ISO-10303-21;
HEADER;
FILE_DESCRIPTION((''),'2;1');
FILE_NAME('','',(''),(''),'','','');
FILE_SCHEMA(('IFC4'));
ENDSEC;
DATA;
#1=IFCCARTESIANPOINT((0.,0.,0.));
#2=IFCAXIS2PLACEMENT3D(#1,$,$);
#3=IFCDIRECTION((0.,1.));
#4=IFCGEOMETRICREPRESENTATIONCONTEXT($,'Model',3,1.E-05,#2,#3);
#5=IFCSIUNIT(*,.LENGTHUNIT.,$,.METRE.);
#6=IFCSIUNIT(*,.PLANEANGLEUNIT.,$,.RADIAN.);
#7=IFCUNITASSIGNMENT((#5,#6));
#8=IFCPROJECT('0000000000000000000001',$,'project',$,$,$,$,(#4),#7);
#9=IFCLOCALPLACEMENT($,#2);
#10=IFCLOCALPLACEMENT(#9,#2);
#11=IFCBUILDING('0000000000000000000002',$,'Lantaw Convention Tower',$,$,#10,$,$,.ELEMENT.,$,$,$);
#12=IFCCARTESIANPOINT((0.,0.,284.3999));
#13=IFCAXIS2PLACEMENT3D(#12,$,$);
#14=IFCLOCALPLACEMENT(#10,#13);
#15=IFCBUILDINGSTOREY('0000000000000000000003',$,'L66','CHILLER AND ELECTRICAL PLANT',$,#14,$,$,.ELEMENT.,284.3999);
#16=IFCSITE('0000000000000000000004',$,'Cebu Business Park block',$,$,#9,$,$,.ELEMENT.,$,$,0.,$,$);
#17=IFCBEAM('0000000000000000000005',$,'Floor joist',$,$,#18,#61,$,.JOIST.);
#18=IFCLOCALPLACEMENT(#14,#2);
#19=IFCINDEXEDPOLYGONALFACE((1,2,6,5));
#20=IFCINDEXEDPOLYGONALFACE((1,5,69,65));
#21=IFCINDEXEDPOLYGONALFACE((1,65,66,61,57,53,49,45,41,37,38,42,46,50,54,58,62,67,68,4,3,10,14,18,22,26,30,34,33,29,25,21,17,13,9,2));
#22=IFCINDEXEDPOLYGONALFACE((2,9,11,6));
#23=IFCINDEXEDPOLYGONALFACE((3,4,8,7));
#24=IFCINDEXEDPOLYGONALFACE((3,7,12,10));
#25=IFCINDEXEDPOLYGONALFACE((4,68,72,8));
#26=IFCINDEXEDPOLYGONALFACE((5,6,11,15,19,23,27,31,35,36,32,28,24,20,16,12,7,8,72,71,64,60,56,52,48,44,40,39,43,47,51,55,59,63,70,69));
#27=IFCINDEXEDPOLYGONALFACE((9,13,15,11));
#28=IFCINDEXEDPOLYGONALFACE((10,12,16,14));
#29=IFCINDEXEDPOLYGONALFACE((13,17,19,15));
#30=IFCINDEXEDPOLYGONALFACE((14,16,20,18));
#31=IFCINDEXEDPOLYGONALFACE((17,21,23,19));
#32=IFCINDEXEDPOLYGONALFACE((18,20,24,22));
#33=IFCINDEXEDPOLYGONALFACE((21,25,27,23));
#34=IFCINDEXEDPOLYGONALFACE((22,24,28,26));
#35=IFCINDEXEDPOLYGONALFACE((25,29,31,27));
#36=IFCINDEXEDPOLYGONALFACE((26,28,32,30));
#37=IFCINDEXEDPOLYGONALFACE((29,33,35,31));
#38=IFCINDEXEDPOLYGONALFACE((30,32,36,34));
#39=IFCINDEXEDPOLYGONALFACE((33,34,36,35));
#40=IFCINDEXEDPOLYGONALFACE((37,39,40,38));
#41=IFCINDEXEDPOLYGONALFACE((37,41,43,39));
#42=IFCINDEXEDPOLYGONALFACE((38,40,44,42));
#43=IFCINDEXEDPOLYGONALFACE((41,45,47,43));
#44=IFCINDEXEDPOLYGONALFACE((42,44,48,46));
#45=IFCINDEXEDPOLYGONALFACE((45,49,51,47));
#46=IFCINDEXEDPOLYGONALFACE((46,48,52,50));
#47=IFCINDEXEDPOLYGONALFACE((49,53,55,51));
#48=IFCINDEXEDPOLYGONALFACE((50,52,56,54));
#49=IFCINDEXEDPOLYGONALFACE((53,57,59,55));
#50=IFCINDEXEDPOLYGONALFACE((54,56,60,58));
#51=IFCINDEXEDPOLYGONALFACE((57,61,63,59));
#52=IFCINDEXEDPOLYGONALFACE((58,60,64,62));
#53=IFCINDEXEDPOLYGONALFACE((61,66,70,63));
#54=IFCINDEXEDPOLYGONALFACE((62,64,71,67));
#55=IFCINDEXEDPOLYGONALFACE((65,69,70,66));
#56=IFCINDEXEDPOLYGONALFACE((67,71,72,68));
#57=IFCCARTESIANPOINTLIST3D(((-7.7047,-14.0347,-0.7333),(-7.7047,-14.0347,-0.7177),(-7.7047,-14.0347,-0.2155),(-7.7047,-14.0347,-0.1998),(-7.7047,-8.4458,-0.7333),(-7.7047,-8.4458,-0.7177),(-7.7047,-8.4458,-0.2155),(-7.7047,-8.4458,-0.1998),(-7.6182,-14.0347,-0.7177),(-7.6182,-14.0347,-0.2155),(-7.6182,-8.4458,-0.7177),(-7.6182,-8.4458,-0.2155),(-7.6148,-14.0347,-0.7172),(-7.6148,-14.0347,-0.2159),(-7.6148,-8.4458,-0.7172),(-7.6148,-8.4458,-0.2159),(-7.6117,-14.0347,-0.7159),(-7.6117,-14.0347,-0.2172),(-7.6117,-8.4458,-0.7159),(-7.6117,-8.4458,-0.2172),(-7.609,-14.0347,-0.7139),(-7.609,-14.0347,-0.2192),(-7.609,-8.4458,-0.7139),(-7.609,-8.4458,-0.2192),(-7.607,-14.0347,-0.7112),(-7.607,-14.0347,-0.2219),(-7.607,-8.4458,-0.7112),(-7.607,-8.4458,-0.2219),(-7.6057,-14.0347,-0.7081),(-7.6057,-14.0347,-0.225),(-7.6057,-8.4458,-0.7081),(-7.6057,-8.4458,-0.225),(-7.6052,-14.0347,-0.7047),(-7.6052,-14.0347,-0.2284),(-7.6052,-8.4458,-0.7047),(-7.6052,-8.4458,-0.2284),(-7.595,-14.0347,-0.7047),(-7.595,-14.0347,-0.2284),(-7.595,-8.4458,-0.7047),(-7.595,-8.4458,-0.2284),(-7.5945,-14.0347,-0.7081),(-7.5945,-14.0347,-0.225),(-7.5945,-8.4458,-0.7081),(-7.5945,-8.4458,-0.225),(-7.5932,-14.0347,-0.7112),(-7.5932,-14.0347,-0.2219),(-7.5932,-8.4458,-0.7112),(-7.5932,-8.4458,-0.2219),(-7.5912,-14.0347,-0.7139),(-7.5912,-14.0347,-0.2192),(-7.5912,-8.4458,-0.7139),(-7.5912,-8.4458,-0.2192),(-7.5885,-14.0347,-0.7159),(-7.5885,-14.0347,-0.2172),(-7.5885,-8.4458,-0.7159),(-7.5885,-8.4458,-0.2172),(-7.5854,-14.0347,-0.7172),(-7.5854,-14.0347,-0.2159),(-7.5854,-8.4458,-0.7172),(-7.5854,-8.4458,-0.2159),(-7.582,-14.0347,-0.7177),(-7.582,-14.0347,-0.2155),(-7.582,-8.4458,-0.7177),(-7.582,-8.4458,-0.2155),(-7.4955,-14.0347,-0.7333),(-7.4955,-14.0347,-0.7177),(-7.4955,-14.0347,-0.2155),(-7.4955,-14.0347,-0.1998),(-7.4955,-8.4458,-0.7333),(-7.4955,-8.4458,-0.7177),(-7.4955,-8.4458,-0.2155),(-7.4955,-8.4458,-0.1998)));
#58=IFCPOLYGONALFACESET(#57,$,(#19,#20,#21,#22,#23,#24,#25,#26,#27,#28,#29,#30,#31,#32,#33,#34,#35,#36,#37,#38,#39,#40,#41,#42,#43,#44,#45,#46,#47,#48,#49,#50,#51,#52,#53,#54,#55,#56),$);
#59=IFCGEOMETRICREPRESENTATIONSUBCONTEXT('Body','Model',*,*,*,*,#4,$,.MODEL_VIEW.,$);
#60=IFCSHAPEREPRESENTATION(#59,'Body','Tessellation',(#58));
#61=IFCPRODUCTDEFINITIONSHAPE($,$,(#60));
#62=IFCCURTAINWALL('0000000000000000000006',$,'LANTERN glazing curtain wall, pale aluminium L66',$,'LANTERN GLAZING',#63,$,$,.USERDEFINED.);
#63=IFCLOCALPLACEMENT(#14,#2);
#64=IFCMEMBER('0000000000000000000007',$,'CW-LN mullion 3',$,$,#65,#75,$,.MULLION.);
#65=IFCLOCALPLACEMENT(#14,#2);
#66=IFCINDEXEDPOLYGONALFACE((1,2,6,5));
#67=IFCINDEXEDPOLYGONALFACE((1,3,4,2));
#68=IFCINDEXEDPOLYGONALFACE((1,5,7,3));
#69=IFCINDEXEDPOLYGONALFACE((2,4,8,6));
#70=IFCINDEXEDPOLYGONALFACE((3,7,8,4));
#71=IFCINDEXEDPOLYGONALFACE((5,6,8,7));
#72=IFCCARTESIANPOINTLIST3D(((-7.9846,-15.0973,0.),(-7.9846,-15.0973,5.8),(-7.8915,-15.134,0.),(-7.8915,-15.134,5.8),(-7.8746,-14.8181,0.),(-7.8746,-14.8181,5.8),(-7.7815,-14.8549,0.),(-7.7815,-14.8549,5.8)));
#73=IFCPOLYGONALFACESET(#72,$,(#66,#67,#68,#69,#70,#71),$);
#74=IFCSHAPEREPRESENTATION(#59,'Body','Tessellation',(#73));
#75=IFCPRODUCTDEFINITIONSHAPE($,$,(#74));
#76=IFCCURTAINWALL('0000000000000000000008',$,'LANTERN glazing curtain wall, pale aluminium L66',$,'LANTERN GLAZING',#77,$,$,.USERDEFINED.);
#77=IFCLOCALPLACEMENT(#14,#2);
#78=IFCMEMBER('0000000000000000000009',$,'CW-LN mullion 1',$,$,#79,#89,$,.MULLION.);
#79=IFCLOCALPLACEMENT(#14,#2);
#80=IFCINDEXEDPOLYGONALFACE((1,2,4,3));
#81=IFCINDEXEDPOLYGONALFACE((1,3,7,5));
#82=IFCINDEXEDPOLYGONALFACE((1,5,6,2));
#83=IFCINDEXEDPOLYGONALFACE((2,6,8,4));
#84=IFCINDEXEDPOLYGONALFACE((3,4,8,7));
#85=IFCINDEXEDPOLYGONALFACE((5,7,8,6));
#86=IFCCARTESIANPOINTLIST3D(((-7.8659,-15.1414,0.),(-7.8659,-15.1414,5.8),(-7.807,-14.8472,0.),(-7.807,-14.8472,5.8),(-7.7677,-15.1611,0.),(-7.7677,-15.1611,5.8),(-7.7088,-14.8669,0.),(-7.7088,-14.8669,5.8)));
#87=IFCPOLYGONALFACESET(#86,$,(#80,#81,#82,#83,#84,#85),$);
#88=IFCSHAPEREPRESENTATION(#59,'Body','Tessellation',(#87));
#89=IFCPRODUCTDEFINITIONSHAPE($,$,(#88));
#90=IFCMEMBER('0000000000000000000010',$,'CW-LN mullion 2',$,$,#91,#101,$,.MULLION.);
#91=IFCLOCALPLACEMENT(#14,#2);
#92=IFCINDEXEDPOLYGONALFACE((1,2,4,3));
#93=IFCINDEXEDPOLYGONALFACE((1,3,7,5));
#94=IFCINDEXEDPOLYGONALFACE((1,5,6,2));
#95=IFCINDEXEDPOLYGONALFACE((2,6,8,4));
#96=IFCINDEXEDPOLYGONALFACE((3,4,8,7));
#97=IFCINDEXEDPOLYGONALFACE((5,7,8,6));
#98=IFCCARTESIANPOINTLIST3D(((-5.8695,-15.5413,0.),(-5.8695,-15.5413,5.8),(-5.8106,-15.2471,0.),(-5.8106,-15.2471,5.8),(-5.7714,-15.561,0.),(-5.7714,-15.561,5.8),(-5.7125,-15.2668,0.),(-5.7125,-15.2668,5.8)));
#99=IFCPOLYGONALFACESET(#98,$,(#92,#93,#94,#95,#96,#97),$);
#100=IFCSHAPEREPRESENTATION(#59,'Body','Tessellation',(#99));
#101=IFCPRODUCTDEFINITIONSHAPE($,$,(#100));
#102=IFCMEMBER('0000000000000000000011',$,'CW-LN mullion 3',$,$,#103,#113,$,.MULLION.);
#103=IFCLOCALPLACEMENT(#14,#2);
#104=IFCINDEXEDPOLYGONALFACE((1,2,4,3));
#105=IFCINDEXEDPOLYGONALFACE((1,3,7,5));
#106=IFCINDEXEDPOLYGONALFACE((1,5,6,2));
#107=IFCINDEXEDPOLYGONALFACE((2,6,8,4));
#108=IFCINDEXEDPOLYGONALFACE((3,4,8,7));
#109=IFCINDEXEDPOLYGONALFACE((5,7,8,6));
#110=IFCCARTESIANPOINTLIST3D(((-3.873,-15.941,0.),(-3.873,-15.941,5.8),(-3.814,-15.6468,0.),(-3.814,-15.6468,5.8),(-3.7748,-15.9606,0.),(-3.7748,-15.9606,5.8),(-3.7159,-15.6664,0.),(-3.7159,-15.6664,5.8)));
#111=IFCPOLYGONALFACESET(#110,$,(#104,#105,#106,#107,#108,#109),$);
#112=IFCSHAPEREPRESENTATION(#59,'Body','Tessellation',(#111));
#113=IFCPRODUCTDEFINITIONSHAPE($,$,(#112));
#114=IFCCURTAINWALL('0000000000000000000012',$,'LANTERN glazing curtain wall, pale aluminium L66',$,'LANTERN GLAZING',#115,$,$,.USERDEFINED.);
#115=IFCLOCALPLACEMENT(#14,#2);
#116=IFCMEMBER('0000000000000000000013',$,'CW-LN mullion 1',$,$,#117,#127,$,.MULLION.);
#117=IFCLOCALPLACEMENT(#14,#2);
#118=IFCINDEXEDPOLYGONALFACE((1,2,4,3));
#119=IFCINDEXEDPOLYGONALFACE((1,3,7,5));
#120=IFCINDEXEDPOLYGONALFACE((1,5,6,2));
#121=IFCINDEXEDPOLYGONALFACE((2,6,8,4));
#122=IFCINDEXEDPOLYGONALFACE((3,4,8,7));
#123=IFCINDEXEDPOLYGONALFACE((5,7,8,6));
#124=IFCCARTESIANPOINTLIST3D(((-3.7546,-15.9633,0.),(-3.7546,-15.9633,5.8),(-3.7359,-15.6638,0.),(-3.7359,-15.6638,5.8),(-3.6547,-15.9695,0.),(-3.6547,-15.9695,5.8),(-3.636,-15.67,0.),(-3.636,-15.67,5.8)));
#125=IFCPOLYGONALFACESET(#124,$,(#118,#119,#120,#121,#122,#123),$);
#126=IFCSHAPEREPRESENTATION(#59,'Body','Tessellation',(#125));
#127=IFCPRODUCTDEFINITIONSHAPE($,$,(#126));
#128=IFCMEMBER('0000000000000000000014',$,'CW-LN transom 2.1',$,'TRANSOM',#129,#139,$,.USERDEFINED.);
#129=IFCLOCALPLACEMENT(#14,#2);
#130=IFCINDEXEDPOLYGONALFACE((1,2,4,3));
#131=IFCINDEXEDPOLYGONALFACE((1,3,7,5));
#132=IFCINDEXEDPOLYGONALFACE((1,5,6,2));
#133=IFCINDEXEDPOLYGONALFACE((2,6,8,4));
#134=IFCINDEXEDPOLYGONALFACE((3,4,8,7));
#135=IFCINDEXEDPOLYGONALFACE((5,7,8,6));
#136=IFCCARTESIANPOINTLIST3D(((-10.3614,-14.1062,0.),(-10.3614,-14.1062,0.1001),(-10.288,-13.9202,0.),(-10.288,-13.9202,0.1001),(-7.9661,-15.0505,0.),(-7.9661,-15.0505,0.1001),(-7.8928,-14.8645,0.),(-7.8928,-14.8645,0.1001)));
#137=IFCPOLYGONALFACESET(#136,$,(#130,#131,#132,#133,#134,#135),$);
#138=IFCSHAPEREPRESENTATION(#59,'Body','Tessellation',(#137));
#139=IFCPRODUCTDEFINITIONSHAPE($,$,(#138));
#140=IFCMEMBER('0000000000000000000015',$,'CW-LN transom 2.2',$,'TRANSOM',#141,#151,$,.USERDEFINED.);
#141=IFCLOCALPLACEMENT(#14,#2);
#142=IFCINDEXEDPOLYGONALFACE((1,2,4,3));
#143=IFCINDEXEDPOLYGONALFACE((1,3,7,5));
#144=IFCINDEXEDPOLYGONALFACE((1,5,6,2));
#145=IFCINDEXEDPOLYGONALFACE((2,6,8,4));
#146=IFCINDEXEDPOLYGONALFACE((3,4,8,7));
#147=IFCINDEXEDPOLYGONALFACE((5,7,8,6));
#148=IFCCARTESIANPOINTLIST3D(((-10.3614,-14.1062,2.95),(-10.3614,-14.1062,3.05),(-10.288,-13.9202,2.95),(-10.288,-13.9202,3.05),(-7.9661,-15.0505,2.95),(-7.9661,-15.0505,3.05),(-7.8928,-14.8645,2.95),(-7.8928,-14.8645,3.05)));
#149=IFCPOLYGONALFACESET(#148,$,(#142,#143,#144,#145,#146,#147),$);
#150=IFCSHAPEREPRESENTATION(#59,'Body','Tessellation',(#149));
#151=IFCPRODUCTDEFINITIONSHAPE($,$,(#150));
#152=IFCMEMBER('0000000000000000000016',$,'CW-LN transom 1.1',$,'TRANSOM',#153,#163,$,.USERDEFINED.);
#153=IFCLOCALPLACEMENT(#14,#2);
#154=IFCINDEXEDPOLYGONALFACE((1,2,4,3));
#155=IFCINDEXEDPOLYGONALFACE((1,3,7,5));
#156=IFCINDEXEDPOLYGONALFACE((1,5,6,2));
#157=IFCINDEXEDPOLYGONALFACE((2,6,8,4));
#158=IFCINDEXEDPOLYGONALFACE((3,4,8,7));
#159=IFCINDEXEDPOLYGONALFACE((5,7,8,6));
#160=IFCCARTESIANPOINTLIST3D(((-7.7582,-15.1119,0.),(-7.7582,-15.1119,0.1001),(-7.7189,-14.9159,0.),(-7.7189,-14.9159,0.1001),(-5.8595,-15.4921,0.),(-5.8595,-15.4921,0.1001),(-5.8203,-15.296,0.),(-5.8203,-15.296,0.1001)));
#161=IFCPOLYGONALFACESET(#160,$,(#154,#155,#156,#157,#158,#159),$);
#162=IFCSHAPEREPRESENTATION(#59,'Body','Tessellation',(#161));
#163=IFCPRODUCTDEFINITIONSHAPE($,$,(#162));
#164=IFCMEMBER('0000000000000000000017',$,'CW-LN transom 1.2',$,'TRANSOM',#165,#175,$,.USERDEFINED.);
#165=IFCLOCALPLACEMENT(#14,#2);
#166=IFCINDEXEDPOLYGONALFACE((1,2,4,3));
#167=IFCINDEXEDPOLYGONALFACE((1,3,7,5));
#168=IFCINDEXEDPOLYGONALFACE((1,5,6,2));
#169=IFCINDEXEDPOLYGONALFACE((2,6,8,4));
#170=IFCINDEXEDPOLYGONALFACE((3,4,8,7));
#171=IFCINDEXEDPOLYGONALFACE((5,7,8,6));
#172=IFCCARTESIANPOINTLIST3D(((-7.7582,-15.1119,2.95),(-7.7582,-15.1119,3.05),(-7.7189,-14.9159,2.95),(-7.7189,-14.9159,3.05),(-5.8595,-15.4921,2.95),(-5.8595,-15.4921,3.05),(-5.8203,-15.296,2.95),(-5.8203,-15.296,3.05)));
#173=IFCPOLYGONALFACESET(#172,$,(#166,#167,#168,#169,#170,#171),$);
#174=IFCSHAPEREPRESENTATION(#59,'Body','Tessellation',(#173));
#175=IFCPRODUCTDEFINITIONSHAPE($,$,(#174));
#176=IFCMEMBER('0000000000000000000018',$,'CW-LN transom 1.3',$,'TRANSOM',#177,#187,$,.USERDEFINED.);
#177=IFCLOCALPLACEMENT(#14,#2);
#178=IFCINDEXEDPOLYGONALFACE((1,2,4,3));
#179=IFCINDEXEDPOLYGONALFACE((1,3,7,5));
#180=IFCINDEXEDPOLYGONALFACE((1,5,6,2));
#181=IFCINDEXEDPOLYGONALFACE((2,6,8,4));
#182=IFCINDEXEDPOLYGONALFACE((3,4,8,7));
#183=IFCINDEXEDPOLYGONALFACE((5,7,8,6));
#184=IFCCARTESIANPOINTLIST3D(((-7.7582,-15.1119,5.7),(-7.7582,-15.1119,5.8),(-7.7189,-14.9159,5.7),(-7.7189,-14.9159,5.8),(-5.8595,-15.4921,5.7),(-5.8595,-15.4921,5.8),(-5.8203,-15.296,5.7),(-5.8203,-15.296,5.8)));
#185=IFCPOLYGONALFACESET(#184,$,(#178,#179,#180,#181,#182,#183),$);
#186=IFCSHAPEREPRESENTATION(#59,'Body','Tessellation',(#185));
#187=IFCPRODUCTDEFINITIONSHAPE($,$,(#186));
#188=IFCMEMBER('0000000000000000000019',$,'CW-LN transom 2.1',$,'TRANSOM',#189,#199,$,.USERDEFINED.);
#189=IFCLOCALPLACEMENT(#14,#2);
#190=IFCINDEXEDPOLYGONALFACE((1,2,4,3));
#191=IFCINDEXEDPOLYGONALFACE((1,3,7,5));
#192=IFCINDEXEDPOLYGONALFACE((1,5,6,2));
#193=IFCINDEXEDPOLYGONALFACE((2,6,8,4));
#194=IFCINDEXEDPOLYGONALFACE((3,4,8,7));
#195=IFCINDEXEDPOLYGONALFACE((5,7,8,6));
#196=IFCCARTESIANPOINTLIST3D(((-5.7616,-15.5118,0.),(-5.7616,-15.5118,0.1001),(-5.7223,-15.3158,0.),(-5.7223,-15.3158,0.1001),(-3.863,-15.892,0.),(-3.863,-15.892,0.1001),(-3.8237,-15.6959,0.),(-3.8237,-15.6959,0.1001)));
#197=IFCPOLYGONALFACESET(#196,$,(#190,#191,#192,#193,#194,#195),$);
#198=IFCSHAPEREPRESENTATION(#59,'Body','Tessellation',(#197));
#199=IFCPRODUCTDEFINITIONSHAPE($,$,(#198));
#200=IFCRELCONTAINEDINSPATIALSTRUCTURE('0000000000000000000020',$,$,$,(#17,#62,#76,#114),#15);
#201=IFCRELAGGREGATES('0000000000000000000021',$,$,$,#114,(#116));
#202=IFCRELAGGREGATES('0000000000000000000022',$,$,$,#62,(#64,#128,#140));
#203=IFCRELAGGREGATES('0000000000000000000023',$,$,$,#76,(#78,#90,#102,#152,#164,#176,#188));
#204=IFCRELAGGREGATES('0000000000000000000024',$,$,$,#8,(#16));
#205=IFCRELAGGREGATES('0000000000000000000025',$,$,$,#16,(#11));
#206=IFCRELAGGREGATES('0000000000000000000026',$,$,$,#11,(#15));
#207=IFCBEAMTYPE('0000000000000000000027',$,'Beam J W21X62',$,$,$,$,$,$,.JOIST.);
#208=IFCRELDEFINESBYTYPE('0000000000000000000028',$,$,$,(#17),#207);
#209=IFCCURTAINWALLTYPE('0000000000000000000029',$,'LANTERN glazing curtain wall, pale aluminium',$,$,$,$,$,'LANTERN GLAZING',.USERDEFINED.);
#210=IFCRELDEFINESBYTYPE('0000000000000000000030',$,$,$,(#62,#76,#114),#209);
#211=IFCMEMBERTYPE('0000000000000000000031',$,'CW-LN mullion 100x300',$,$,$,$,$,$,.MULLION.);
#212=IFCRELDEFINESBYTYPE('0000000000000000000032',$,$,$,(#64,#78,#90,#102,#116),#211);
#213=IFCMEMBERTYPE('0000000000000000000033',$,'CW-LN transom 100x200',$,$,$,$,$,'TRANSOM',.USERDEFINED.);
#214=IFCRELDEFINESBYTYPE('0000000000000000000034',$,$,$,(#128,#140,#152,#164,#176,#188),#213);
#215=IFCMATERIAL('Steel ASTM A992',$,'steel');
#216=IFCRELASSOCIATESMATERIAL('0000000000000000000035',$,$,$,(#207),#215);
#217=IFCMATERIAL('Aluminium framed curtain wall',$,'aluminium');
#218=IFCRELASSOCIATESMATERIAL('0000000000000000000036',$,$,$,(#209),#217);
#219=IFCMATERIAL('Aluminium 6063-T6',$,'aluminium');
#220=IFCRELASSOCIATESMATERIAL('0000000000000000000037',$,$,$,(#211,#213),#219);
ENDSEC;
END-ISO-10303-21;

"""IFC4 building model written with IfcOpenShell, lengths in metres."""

from ifc_helpers import new_model, si_unit, direction, frame, origin, origin_2d, place, context, subcontext, project, spatial, rectangle, i_section, extrude, material, material_profile, profile_set, type_object, element, aggregate, save


model = new_model("IFC4")

# Units and contexts
model_context = context("Model", 3, precision=1e-05, world=origin(), true_north=direction((0.0, 1.0)))
body_context = subcontext(model_context, "Body", "Model", "MODEL_VIEW")
ifc_project = project(units=[si_unit("LENGTHUNIT", "METRE"), si_unit("PLANEANGLEUNIT", "RADIAN")], contexts=[model_context])

# Site, building, storey
site_placement = place(None, origin())
site = spatial("IfcSite", under=ifc_project, at=site_placement, Name="Cebu Business Park block", CompositionType="ELEMENT", RefElevation=0.0)
building_placement = place(site_placement, origin())
building = spatial("IfcBuilding", under=site, at=building_placement, Name="Lantaw Convention Tower", CompositionType="ELEMENT")
storey_placement = place(building_placement, frame((0.0, 0.0, 284.3999)))
storey = spatial("IfcBuildingStorey", under=building, at=storey_placement, Name="L66", Description="CHILLER AND ELECTRICAL PLANT", CompositionType="ELEMENT", Elevation=284.3999)

# Beam
ifc_material_1 = material(Name="Steel ASTM A992", Category="steel")
ifc_material_profile_1 = material_profile(ifc_material_1, i_section(OverallWidth=0.2092, OverallDepth=0.5334, WebThickness=0.0103, FlangeThickness=0.0156, FilletRadius=0.0129, at=origin_2d()), Name="W21X62")
ifc_profile_set_1 = profile_set([ifc_material_profile_1], Name="Steel ASTM A992")
beam_type = type_object("IfcBeamType", Name="Beam J W21X62", PredefinedType="JOIST", material=ifc_profile_set_1)
beam_placement = place(storey_placement, frame((-7.6001, -14.0347, -0.4666), z_axis=(0.0, 1.0, 0.0), x_axis=(-1.0, 0.0, 0.0)))
element("IfcBeam", 1, at=beam_placement, inside=storey, type_object=beam_type, Name="Floor joist", PredefinedType="JOIST", context=body_context, shape_type="SweptSolid", body=[
    extrude(i_section(OverallWidth=0.2092, OverallDepth=0.5334, WebThickness=0.0103, FlangeThickness=0.0156, FilletRadius=0.0129, at=origin_2d()), origin(), (0.0, 0.0, 1.0), 5.5889),
])

# Curtain wall, member
ifc_material_2 = material(Name="Aluminium framed curtain wall", Category="aluminium")
curtain_wall_type = type_object("IfcCurtainWallType", Name="LANTERN glazing curtain wall, pale aluminium", ElementType="LANTERN GLAZING", PredefinedType="USERDEFINED", material=ifc_material_2)
curtain_wall_1_placement = place(storey_placement, origin())
curtain_wall_1 = element("IfcCurtainWall", 2, at=curtain_wall_1_placement, inside=storey, type_object=curtain_wall_type, Name="LANTERN glazing curtain wall, pale aluminium L66", ObjectType="LANTERN GLAZING", PredefinedType="USERDEFINED")
ifc_material_3 = material(Name="Aluminium 6063-T6", Category="aluminium")
ifc_material_profile_2 = material_profile(ifc_material_3, rectangle(XDim=0.3, YDim=0.1001, at=origin_2d()), Name="CW-LN mullion 100x300")
ifc_profile_set_2 = profile_set([ifc_material_profile_2], Name="Aluminium 6063-T6")
member_type_1 = type_object("IfcMemberType", Name="CW-LN mullion 100x300", PredefinedType="MULLION", material=ifc_profile_set_2)
member_1_placement = place(storey_placement, frame((-7.8831, -14.9761, 0.0), z_axis=(0.0, 0.0, 1.0), x_axis=(0.366802, 0.930299, 0.0)))
member_1 = element("IfcMember", 3, at=member_1_placement, type_object=member_type_1, Name="CW-LN mullion 3", PredefinedType="MULLION", context=body_context, shape_type="SweptSolid", body=[
    extrude(rectangle(XDim=0.3, YDim=0.1001, at=origin_2d()), origin(), (0.0, 0.0, 1.0), 5.8),
])

# Curtain wall, members
curtain_wall_2_placement = place(storey_placement, origin())
curtain_wall_2 = element("IfcCurtainWall", 4, at=curtain_wall_2_placement, inside=storey, type_object=curtain_wall_type, Name="LANTERN glazing curtain wall, pale aluminium L66", ObjectType="LANTERN GLAZING", PredefinedType="USERDEFINED")
member_2_placement = place(storey_placement, frame((-7.7874, -15.0042, 0.0), z_axis=(0.0, 0.0, 1.0), x_axis=(0.196367, 0.98053, 0.0)))
member_2 = element("IfcMember", 5, at=member_2_placement, type_object=member_type_1, Name="CW-LN mullion 1", PredefinedType="MULLION", context=body_context, shape_type="SweptSolid", body=[
    extrude(rectangle(XDim=0.3, YDim=0.1001, at=origin_2d()), origin(), (0.0, 0.0, 1.0), 5.8),
])
member_3_placement = place(storey_placement, frame((-5.791, -15.4041, 0.0), z_axis=(0.0, 0.0, 1.0), x_axis=(0.196367, 0.98053, 0.0)))
member_3 = element("IfcMember", 6, at=member_3_placement, type_object=member_type_1, Name="CW-LN mullion 2", PredefinedType="MULLION", context=body_context, shape_type="SweptSolid", body=[
    extrude(rectangle(XDim=0.3, YDim=0.1001, at=origin_2d()), origin(), (0.0, 0.0, 1.0), 5.8),
])
member_4_placement = place(storey_placement, frame((-3.7944, -15.8037, 0.0), z_axis=(0.0, 0.0, 1.0), x_axis=(0.196367, 0.98053, 0.0)))
member_4 = element("IfcMember", 7, at=member_4_placement, type_object=member_type_1, Name="CW-LN mullion 3", PredefinedType="MULLION", context=body_context, shape_type="SweptSolid", body=[
    extrude(rectangle(XDim=0.3, YDim=0.1001, at=origin_2d()), origin(), (0.0, 0.0, 1.0), 5.8),
])

# Curtain wall, member
curtain_wall_3_placement = place(storey_placement, origin())
curtain_wall_3 = element("IfcCurtainWall", 8, at=curtain_wall_3_placement, inside=storey, type_object=curtain_wall_type, Name="LANTERN glazing curtain wall, pale aluminium L66", ObjectType="LANTERN GLAZING", PredefinedType="USERDEFINED")
member_5_placement = place(storey_placement, frame((-3.6953, -15.8167, 0.0), z_axis=(0.0, 0.0, 1.0), x_axis=(0.062489, 0.998046, 0.0)))
member_5 = element("IfcMember", 9, at=member_5_placement, type_object=member_type_1, Name="CW-LN mullion 1", PredefinedType="MULLION", context=body_context, shape_type="SweptSolid", body=[
    extrude(rectangle(XDim=0.3, YDim=0.1001, at=origin_2d()), origin(), (0.0, 0.0, 1.0), 5.8),
])

# Members
ifc_material_profile_3 = material_profile(ifc_material_3, rectangle(XDim=0.2, YDim=0.1001, at=origin_2d()), Name="CW-LN transom 100x200")
ifc_profile_set_3 = profile_set([ifc_material_profile_3], Name="Aluminium 6063-T6")
member_type_2 = type_object("IfcMemberType", Name="CW-LN transom 100x200", ElementType="TRANSOM", PredefinedType="USERDEFINED", material=ifc_profile_set_3)
member_6_placement = place(storey_placement, frame((-10.3247, -14.0132, 0.05), z_axis=(0.930309, -0.366776, 0.0), x_axis=(0.366776, 0.930309, 0.0)))
member_6 = element("IfcMember", 10, at=member_6_placement, type_object=member_type_2, Name="CW-LN transom 2.1", ObjectType="TRANSOM", PredefinedType="USERDEFINED", context=body_context, shape_type="SweptSolid", body=[
    extrude(rectangle(XDim=0.2, YDim=0.1001, at=origin_2d()), origin(), (0.0, 0.0, 1.0), 2.5747),
])
member_7_placement = place(storey_placement, frame((-10.3247, -14.0132, 3.0), z_axis=(0.930309, -0.366776, 0.0), x_axis=(0.366776, 0.930309, 0.0)))
member_7 = element("IfcMember", 11, at=member_7_placement, type_object=member_type_2, Name="CW-LN transom 2.2", ObjectType="TRANSOM", PredefinedType="USERDEFINED", context=body_context, shape_type="SweptSolid", body=[
    extrude(rectangle(XDim=0.2, YDim=0.1001, at=origin_2d()), origin(), (0.0, 0.0, 1.0), 2.5747),
])
member_8_placement = place(storey_placement, frame((-7.7385, -15.0139, 0.05), z_axis=(0.980542, -0.19631, 0.0), x_axis=(0.19631, 0.980542, 0.0)))
member_8 = element("IfcMember", 12, at=member_8_placement, type_object=member_type_2, Name="CW-LN transom 1.1", ObjectType="TRANSOM", PredefinedType="USERDEFINED", context=body_context, shape_type="SweptSolid", body=[
    extrude(rectangle(XDim=0.2, YDim=0.1001, at=origin_2d()), origin(), (0.0, 0.0, 1.0), 1.9363),
])
member_9_placement = place(storey_placement, frame((-7.7385, -15.0139, 3.0), z_axis=(0.980542, -0.19631, 0.0), x_axis=(0.19631, 0.980542, 0.0)))
member_9 = element("IfcMember", 13, at=member_9_placement, type_object=member_type_2, Name="CW-LN transom 1.2", ObjectType="TRANSOM", PredefinedType="USERDEFINED", context=body_context, shape_type="SweptSolid", body=[
    extrude(rectangle(XDim=0.2, YDim=0.1001, at=origin_2d()), origin(), (0.0, 0.0, 1.0), 1.9363),
])
member_10_placement = place(storey_placement, frame((-7.7385, -15.0139, 5.75), z_axis=(0.980542, -0.19631, 0.0), x_axis=(0.19631, 0.980542, 0.0)))
member_10 = element("IfcMember", 14, at=member_10_placement, type_object=member_type_2, Name="CW-LN transom 1.3", ObjectType="TRANSOM", PredefinedType="USERDEFINED", context=body_context, shape_type="SweptSolid", body=[
    extrude(rectangle(XDim=0.2, YDim=0.1001, at=origin_2d()), origin(), (0.0, 0.0, 1.0), 1.9363),
])
member_11_placement = place(storey_placement, frame((-5.7419, -15.4138, 0.05), z_axis=(0.980542, -0.19631, 0.0), x_axis=(0.19631, 0.980542, 0.0)))
member_11 = element("IfcMember", 15, at=member_11_placement, type_object=member_type_2, Name="CW-LN transom 2.1", ObjectType="TRANSOM", PredefinedType="USERDEFINED", context=body_context, shape_type="SweptSolid", body=[
    extrude(rectangle(XDim=0.2, YDim=0.1001, at=origin_2d()), origin(), (0.0, 0.0, 1.0), 1.9363),
])
aggregate(curtain_wall_3, [member_5])

aggregate(curtain_wall_1, [member_1, member_6, member_7])
aggregate(curtain_wall_2, [member_2, member_3, member_4, member_8, member_9, member_10, member_11])

save(model, "model.ifc")
